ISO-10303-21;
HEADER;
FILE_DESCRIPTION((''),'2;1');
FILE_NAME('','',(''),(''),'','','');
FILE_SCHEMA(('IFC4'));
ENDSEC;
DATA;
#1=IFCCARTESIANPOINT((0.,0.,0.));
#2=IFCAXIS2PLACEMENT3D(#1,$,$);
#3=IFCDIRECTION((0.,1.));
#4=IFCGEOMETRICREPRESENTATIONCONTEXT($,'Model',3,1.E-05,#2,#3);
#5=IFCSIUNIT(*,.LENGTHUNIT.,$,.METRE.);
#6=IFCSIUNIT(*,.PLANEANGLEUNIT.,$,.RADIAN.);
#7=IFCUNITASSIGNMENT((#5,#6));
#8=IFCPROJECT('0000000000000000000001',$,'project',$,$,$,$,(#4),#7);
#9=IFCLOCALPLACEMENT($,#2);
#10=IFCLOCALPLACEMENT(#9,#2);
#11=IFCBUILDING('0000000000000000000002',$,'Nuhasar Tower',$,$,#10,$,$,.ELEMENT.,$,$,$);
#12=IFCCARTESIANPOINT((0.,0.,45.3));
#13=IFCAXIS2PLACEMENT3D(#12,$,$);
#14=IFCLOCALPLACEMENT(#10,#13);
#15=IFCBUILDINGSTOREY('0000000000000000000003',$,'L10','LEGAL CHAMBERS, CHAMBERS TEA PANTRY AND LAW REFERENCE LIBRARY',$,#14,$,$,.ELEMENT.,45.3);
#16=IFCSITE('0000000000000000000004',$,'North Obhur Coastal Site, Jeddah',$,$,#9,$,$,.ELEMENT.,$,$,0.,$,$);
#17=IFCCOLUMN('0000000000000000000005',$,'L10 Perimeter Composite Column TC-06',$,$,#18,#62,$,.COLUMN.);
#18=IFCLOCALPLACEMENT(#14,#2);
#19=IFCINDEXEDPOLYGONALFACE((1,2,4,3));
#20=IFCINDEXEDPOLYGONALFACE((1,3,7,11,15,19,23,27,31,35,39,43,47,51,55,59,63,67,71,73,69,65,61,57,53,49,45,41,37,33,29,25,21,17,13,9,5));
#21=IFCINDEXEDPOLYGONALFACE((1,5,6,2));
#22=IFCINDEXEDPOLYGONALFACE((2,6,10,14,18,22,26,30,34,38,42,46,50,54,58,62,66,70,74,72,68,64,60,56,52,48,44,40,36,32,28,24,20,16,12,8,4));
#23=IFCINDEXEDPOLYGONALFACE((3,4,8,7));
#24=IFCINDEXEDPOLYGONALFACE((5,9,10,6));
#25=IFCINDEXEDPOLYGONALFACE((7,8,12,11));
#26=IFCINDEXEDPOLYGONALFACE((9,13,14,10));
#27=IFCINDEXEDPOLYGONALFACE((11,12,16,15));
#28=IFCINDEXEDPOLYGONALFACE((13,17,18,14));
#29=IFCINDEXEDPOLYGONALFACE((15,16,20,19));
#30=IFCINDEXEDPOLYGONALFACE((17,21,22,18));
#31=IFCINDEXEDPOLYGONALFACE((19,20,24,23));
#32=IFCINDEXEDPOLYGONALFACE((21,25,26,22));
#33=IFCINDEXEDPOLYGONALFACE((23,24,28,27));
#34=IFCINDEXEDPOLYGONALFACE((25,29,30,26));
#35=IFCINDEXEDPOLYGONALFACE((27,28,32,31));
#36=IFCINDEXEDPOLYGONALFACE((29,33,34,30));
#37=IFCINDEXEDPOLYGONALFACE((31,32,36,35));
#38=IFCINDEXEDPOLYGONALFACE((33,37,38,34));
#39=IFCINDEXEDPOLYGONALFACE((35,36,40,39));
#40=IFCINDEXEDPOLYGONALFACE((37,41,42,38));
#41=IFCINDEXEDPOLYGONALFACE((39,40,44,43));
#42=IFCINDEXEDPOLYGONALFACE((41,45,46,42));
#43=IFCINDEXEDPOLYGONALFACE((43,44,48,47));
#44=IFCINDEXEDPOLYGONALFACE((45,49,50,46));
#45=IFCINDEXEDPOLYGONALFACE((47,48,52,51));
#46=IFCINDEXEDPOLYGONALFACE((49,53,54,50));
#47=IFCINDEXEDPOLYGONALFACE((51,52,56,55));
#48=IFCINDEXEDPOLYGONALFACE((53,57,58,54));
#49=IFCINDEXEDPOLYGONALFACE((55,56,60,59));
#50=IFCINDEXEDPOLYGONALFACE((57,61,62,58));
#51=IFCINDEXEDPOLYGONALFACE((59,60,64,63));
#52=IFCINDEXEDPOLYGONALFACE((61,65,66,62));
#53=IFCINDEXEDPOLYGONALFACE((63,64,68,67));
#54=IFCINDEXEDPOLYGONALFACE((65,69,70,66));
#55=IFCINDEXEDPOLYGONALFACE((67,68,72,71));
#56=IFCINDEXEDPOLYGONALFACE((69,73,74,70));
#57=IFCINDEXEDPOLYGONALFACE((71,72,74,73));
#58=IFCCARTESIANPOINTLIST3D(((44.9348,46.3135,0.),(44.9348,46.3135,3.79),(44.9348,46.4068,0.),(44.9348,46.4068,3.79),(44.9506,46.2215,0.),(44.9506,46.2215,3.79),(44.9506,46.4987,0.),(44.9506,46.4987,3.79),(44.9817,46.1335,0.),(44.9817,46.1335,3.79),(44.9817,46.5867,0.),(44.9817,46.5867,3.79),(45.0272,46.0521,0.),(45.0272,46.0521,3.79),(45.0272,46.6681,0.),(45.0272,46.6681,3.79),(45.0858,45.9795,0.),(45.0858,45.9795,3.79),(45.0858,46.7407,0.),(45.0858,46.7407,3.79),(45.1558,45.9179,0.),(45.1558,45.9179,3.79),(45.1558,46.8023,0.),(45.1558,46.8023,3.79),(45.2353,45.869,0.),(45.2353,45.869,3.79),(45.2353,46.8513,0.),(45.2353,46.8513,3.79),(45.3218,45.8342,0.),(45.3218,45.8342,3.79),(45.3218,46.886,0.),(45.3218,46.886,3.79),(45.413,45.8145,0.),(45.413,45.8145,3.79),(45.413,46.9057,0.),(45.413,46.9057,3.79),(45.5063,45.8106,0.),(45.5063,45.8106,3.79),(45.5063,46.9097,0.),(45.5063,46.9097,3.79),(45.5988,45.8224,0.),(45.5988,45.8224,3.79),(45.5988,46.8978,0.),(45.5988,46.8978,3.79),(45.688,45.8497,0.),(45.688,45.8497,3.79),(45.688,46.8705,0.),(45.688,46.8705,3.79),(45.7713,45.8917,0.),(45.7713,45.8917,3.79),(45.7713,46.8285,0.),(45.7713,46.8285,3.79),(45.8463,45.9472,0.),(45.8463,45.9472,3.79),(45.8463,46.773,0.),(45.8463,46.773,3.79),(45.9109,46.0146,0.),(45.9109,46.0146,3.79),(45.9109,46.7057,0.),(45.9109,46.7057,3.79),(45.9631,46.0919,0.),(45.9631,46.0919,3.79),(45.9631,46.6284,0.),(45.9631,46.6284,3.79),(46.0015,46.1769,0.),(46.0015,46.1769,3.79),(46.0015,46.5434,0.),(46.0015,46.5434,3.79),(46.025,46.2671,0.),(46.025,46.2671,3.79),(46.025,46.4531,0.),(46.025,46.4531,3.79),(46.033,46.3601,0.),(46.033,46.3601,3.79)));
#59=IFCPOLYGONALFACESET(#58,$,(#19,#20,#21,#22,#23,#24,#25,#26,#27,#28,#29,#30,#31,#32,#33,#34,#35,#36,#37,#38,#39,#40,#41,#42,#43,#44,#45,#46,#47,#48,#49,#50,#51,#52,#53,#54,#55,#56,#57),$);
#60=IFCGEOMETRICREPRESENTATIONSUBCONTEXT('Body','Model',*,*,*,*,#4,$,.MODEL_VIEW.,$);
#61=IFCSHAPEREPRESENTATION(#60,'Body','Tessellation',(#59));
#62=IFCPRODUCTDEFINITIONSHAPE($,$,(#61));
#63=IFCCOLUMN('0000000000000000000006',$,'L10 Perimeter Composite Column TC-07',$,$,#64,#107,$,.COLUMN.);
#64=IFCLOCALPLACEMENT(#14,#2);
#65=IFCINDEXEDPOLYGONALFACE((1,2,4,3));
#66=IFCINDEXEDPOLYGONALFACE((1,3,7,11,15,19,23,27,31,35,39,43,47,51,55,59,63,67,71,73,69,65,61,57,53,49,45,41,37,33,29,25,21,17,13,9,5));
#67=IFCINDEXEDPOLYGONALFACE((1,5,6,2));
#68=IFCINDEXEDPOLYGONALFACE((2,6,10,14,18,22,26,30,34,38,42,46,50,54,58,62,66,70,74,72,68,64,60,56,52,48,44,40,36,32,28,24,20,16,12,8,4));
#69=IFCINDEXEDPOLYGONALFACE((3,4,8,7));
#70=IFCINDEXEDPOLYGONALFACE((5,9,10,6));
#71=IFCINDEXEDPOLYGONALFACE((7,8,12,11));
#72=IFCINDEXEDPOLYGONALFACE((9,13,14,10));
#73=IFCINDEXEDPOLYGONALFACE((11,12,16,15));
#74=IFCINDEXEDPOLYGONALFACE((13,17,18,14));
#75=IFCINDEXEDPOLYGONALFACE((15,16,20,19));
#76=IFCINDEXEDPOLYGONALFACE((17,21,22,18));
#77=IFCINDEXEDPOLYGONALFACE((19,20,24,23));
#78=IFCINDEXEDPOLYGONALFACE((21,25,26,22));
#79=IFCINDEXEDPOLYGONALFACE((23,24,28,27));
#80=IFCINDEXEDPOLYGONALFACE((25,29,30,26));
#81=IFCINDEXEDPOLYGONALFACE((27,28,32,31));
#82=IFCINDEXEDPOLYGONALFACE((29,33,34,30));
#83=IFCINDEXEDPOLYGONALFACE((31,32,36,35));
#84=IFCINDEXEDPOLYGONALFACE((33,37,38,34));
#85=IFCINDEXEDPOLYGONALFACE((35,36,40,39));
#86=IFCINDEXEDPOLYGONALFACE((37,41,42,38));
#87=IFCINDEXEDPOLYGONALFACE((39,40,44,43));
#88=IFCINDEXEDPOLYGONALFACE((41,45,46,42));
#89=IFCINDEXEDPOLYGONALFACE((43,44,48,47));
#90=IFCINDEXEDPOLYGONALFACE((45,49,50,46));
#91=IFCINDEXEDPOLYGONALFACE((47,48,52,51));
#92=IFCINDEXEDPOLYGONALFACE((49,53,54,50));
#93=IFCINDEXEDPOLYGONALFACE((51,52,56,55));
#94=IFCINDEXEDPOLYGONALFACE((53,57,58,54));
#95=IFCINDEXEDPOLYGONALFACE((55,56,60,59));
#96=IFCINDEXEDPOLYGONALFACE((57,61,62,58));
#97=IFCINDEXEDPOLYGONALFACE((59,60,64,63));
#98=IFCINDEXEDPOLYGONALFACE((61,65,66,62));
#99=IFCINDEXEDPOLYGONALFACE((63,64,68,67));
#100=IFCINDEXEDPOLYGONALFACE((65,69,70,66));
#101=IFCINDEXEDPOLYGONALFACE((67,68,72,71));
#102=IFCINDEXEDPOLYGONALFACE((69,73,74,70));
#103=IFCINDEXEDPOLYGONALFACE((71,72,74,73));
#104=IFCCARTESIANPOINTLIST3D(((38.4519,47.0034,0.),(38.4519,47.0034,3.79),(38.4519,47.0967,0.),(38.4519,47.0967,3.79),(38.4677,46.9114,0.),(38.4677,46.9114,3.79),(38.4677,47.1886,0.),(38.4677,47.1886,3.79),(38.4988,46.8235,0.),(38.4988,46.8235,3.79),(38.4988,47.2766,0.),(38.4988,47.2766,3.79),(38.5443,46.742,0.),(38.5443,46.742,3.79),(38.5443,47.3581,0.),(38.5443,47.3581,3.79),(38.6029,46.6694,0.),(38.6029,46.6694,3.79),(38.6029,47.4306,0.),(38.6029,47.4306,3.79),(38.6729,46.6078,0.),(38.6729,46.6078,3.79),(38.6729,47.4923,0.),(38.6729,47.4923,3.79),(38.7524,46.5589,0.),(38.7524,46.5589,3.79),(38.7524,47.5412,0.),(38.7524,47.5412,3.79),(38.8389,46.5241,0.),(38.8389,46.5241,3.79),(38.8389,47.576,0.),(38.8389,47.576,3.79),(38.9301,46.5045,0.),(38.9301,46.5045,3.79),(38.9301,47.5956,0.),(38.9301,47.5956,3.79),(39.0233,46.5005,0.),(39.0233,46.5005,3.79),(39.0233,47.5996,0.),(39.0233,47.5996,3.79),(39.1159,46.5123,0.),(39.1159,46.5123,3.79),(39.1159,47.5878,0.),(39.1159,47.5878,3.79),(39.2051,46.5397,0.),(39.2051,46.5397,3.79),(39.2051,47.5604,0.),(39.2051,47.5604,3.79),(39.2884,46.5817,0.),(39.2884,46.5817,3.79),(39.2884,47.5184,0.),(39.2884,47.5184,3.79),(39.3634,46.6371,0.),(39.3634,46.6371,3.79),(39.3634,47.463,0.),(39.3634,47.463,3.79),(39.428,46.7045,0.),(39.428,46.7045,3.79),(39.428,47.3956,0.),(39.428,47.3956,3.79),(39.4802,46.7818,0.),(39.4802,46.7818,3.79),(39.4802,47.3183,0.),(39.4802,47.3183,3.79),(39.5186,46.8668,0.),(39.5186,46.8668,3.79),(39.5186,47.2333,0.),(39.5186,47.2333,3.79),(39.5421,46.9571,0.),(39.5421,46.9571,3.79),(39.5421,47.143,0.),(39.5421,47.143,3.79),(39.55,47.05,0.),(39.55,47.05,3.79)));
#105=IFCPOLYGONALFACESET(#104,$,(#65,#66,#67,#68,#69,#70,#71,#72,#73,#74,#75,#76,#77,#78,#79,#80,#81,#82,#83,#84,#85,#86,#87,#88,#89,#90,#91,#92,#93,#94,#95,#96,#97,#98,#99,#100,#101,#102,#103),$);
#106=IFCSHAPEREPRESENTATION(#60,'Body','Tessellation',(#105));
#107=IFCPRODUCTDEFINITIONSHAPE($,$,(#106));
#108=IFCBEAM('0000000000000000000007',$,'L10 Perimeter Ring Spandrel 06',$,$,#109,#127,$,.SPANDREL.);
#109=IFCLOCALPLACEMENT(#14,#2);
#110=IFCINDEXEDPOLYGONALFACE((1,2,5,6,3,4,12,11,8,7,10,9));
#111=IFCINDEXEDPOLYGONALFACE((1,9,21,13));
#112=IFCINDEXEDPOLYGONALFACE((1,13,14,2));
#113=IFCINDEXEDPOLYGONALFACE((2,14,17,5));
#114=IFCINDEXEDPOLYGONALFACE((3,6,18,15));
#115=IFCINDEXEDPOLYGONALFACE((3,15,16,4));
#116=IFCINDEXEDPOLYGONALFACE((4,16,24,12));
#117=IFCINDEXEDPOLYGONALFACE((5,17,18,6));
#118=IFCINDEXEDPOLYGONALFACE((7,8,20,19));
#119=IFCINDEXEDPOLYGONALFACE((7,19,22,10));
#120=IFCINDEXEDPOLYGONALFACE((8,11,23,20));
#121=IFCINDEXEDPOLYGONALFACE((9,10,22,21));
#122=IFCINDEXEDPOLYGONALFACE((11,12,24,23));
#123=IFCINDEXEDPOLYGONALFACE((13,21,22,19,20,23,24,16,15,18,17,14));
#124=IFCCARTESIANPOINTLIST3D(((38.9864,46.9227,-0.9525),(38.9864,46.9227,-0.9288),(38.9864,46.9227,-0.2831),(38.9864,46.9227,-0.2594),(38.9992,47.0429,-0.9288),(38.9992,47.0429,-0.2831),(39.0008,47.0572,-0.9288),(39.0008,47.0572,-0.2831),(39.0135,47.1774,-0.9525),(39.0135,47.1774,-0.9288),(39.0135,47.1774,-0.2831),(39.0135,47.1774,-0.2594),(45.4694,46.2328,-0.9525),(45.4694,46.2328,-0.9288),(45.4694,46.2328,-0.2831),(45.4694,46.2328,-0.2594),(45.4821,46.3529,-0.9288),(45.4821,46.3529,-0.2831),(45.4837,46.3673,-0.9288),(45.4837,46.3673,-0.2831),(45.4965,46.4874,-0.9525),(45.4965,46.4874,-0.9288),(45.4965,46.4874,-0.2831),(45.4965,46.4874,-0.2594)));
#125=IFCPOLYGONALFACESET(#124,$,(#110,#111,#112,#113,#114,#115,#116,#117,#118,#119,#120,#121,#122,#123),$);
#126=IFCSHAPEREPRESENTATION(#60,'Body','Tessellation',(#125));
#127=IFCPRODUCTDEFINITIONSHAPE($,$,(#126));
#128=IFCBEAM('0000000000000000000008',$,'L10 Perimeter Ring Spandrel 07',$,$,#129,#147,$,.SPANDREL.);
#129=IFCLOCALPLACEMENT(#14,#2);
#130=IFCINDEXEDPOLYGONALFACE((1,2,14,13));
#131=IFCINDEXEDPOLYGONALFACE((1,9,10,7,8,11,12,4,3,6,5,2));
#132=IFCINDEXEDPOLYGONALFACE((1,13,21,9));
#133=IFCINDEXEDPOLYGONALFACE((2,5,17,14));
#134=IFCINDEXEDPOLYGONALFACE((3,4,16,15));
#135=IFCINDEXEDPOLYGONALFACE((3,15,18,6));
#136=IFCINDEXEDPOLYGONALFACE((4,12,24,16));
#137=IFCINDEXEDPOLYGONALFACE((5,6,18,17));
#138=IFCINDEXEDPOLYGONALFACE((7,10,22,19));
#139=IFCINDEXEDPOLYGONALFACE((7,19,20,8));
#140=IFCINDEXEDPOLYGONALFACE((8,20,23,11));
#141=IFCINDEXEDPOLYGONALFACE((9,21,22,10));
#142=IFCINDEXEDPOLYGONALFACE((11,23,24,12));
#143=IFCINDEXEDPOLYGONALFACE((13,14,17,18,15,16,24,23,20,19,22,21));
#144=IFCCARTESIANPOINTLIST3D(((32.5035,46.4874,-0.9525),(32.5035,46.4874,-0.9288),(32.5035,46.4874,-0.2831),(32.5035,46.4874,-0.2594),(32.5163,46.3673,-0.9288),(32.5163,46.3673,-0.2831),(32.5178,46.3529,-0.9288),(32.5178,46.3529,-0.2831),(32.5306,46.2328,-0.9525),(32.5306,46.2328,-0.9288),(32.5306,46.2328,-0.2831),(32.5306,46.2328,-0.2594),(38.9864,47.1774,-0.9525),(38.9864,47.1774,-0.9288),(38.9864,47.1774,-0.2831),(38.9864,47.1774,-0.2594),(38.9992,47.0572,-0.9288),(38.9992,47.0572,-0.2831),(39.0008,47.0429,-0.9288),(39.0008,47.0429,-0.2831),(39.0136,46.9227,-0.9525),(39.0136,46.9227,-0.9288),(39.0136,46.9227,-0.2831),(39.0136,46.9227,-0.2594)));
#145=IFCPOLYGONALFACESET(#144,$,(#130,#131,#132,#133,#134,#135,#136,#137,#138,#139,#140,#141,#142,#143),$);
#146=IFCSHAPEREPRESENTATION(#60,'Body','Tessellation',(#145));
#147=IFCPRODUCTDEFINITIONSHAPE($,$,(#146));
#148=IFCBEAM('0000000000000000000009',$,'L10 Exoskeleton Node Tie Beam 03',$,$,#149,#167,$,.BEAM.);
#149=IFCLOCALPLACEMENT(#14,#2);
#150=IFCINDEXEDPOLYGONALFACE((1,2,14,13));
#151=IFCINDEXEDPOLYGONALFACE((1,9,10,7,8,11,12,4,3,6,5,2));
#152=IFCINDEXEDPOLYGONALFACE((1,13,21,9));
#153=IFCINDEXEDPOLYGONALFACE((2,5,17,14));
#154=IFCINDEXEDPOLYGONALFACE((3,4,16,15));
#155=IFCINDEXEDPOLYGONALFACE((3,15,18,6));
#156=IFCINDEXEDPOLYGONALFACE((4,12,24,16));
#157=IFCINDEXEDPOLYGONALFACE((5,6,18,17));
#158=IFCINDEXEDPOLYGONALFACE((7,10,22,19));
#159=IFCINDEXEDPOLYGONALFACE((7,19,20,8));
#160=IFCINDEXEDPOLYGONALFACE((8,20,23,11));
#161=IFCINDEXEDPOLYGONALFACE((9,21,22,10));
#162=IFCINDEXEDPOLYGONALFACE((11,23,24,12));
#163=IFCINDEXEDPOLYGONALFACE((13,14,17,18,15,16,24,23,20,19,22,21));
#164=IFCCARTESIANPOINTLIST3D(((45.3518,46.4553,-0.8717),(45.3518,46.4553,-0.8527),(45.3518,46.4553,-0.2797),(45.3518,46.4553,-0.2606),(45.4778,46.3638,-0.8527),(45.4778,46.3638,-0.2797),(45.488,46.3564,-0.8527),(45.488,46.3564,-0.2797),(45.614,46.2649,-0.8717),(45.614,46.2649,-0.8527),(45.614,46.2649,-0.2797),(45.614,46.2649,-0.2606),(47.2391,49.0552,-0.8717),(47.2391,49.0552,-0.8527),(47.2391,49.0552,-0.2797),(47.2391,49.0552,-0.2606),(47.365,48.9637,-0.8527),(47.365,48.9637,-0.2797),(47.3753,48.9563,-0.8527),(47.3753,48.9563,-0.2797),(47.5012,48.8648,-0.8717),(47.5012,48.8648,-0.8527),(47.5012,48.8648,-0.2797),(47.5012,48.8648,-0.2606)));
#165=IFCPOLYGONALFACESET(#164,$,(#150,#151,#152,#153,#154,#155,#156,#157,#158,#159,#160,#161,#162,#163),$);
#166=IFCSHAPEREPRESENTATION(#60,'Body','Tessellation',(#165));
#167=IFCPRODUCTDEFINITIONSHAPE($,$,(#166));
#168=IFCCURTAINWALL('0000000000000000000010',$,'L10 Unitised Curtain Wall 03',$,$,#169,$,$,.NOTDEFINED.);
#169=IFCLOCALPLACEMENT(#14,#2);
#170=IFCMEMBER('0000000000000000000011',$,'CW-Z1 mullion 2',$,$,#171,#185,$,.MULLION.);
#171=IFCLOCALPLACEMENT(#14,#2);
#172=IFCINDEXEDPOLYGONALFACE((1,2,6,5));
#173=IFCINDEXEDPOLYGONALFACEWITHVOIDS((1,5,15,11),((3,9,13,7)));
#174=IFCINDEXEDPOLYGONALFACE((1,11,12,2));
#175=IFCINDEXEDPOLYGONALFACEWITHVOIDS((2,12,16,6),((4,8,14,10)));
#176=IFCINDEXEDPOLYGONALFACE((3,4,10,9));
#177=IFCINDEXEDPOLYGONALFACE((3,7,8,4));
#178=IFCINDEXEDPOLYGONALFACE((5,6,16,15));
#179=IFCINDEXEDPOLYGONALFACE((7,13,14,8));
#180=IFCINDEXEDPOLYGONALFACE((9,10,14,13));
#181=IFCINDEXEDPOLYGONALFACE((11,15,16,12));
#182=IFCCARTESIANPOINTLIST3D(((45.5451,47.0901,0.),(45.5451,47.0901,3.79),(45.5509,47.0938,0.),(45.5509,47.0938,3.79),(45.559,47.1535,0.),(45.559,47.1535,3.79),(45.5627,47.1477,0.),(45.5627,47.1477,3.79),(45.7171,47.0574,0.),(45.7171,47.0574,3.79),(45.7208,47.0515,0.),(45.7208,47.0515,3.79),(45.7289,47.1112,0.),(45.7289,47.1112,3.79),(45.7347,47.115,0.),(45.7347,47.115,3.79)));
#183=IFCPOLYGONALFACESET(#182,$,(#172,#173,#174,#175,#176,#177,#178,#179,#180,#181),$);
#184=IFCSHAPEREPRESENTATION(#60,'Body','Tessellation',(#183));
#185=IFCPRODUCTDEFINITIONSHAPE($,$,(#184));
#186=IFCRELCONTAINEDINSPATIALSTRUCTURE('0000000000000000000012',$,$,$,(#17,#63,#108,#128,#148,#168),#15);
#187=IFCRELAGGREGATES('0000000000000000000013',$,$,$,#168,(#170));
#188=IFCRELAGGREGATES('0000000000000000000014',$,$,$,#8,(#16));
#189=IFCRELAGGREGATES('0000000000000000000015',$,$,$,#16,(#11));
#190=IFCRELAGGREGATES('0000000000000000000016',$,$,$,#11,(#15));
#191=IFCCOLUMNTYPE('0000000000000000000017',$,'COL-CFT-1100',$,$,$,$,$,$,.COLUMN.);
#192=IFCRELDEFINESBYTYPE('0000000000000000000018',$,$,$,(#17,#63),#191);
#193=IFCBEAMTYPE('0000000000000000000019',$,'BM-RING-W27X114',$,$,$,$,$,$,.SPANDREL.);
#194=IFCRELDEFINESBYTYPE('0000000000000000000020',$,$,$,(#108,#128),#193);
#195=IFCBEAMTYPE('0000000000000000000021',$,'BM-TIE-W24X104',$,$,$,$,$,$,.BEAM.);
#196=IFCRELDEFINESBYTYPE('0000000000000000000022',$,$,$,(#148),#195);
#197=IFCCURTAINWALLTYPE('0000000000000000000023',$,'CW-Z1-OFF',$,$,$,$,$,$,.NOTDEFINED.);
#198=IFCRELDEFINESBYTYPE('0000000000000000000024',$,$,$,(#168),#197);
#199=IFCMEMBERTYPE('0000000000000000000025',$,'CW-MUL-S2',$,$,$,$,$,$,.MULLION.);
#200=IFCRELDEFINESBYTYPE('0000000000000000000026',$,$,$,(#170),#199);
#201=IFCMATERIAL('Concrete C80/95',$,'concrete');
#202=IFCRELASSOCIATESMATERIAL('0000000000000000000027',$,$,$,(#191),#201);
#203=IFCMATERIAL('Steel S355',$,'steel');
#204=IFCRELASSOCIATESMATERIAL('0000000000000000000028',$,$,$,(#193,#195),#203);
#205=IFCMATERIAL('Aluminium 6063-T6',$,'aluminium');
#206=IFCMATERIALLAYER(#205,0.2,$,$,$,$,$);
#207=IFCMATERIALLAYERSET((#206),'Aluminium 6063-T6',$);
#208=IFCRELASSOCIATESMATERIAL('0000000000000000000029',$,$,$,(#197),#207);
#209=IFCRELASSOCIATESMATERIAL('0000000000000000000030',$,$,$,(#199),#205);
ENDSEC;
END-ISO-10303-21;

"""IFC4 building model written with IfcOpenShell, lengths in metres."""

from ifc_helpers import new_model, si_unit, direction, frame, origin, origin_2d, place, context, subcontext, project, spatial, hollow_rectangle, circle, i_section, extrude, material, layer, layer_set, material_profile, profile_set, type_object, element, aggregate, save


model = new_model("IFC4")

# Units and contexts
model_context = context("Model", 3, precision=1e-05, world=origin(), true_north=direction((0.0, 1.0)))
body_context = subcontext(model_context, "Body", "Model", "MODEL_VIEW")
ifc_project = project(units=[si_unit("LENGTHUNIT", "METRE"), si_unit("PLANEANGLEUNIT", "RADIAN")], contexts=[model_context])

# Site, building, storey
site_placement = place(None, origin())
site = spatial("IfcSite", under=ifc_project, at=site_placement, Name="North Obhur Coastal Site, Jeddah", CompositionType="ELEMENT", RefElevation=0.0)
building_placement = place(site_placement, origin())
building = spatial("IfcBuilding", under=site, at=building_placement, Name="Nuhasar Tower", CompositionType="ELEMENT")
storey_placement = place(building_placement, frame((0.0, 0.0, 45.3)))
storey = spatial("IfcBuildingStorey", under=building, at=storey_placement, Name="L10", Description="LEGAL CHAMBERS, CHAMBERS TEA PANTRY AND LAW REFERENCE LIBRARY", CompositionType="ELEMENT", Elevation=45.3)

# Columns
ifc_material_1 = material(Name="Concrete C80/95", Category="concrete")
ifc_material_profile_1 = material_profile(ifc_material_1, circle(Radius=0.55, at=origin_2d()), Name="CFT1100")
ifc_profile_set_1 = profile_set([ifc_material_profile_1], Name="Concrete C80/95")
column_type = type_object("IfcColumnType", Name="COL-CFT-1100", PredefinedType="COLUMN", material=ifc_profile_set_1)
for number, where, z_axis, x_axis, name in (
    (1, (45.4829, 46.3601, 0.0), (0.0, 0.0, 1.0), (1.0, 0.0, 0.0), "L10 Perimeter Composite Column TC-06"),
    (2, (39.0, 47.05, 0.0), (0.0, 0.0, 1.0), (1.0, 0.0, 0.0), "L10 Perimeter Composite Column TC-07"),
):
    element("IfcColumn", number, at=place(storey_placement, frame(where, z_axis=z_axis, x_axis=x_axis)), inside=storey, type_object=column_type, Name=name, PredefinedType="COLUMN", context=body_context, shape_type="SweptSolid", body=[
        extrude(circle(Radius=0.55, at=origin_2d()), origin(), (0.0, 0.0, 1.0), 3.79),
    ])

# Beams
ifc_material_2 = material(Name="Steel S355", Category="steel")
ifc_material_profile_2 = material_profile(ifc_material_2, i_section(OverallWidth=0.2561, OverallDepth=0.6931, WebThickness=0.0144, FlangeThickness=0.0237, at=origin_2d()), Name="W27X114")
ifc_profile_set_2 = profile_set([ifc_material_profile_2], Name="Steel S355")
beam_type_1 = type_object("IfcBeamType", Name="BM-RING-W27X114", PredefinedType="SPANDREL", material=ifc_profile_set_2)
for number, where, z_axis, x_axis, name in (
    (3, (45.4829, 46.3601, -0.606), (-0.994385, 0.105827, 0.0), (-0.105827, -0.994385, 0.0), "L10 Perimeter Ring Spandrel 06"),
    (4, (39.0, 47.05, -0.606), (-0.994385, -0.105827, 0.0), (0.105827, -0.994385, 0.0), "L10 Perimeter Ring Spandrel 07"),
):
    element("IfcBeam", number, at=place(storey_placement, frame(where, z_axis=z_axis, x_axis=x_axis)), inside=storey, type_object=beam_type_1, Name=name, PredefinedType="SPANDREL", context=body_context, shape_type="SweptSolid", body=[
        extrude(i_section(OverallWidth=0.2561, OverallDepth=0.6931, WebThickness=0.0144, FlangeThickness=0.0237, at=origin_2d()), origin(), (0.0, 0.0, 1.0), 6.5195),
    ])
ifc_material_profile_3 = material_profile(ifc_material_2, i_section(OverallWidth=0.324, OverallDepth=0.6111, WebThickness=0.0127, FlangeThickness=0.019, at=origin_2d()), Name="W24X104")
ifc_profile_set_3 = profile_set([ifc_material_profile_3], Name="Steel S355")
beam_type_2 = type_object("IfcBeamType", Name="BM-TIE-W24X104", PredefinedType="BEAM", material=ifc_profile_set_3)
beam_placement = place(storey_placement, frame((45.4829, 46.3601, -0.5662), z_axis=(0.587439, 0.809268, 0.0), x_axis=(-0.809268, 0.587439, 0.0)))
element("IfcBeam", 5, at=beam_placement, inside=storey, type_object=beam_type_2, Name="L10 Exoskeleton Node Tie Beam 03", PredefinedType="BEAM", context=body_context, shape_type="SweptSolid", body=[
    extrude(i_section(OverallWidth=0.324, OverallDepth=0.6111, WebThickness=0.0127, FlangeThickness=0.019, at=origin_2d()), origin(), (0.0, 0.0, 1.0), 3.2126),
])

# Curtain wall, member
ifc_material_3 = material(Name="Aluminium 6063-T6", Category="aluminium")
ifc_layer_1 = layer(ifc_material_3, 0.2)
ifc_layer_set_1 = layer_set([ifc_layer_1], Name="Aluminium 6063-T6")
curtain_wall_type = type_object("IfcCurtainWallType", Name="CW-Z1-OFF", PredefinedType="NOTDEFINED", material=ifc_layer_set_1)
curtain_wall_placement = place(storey_placement, origin())
curtain_wall = element("IfcCurtainWall", 6, at=curtain_wall_placement, inside=storey, type_object=curtain_wall_type, Name="L10 Unitised Curtain Wall 03", PredefinedType="NOTDEFINED")
ifc_material_profile_4 = material_profile(ifc_material_3, hollow_rectangle(XDim=0.0649, YDim=0.1799, WallThickness=0.0049, at=origin_2d()), Name="CWM-2")
ifc_profile_set_4 = profile_set([ifc_material_profile_4], Name="Aluminium 6063-T6")
member_type_1 = type_object("IfcMemberType", Name="CW-MUL-S2", PredefinedType="MULLION", material=ifc_profile_set_4)
member_1_placement = place(storey_placement, frame((45.6399, 47.1025, 0.0), z_axis=(0.0, 0.0, 1.0), x_axis=(-0.214399, -0.976746, 0.0)))
member_1 = element("IfcMember", 7, at=member_1_placement, type_object=member_type_1, Name="CW-Z1 mullion 2", PredefinedType="MULLION", context=body_context, shape_type="SweptSolid", body=[
    extrude(hollow_rectangle(XDim=0.0649, YDim=0.1799, WallThickness=0.0049, at=origin_2d()), origin(), (0.0, 0.0, 1.0), 3.79),
])

aggregate(curtain_wall, [member_1])

save(model, "model.ifc")
